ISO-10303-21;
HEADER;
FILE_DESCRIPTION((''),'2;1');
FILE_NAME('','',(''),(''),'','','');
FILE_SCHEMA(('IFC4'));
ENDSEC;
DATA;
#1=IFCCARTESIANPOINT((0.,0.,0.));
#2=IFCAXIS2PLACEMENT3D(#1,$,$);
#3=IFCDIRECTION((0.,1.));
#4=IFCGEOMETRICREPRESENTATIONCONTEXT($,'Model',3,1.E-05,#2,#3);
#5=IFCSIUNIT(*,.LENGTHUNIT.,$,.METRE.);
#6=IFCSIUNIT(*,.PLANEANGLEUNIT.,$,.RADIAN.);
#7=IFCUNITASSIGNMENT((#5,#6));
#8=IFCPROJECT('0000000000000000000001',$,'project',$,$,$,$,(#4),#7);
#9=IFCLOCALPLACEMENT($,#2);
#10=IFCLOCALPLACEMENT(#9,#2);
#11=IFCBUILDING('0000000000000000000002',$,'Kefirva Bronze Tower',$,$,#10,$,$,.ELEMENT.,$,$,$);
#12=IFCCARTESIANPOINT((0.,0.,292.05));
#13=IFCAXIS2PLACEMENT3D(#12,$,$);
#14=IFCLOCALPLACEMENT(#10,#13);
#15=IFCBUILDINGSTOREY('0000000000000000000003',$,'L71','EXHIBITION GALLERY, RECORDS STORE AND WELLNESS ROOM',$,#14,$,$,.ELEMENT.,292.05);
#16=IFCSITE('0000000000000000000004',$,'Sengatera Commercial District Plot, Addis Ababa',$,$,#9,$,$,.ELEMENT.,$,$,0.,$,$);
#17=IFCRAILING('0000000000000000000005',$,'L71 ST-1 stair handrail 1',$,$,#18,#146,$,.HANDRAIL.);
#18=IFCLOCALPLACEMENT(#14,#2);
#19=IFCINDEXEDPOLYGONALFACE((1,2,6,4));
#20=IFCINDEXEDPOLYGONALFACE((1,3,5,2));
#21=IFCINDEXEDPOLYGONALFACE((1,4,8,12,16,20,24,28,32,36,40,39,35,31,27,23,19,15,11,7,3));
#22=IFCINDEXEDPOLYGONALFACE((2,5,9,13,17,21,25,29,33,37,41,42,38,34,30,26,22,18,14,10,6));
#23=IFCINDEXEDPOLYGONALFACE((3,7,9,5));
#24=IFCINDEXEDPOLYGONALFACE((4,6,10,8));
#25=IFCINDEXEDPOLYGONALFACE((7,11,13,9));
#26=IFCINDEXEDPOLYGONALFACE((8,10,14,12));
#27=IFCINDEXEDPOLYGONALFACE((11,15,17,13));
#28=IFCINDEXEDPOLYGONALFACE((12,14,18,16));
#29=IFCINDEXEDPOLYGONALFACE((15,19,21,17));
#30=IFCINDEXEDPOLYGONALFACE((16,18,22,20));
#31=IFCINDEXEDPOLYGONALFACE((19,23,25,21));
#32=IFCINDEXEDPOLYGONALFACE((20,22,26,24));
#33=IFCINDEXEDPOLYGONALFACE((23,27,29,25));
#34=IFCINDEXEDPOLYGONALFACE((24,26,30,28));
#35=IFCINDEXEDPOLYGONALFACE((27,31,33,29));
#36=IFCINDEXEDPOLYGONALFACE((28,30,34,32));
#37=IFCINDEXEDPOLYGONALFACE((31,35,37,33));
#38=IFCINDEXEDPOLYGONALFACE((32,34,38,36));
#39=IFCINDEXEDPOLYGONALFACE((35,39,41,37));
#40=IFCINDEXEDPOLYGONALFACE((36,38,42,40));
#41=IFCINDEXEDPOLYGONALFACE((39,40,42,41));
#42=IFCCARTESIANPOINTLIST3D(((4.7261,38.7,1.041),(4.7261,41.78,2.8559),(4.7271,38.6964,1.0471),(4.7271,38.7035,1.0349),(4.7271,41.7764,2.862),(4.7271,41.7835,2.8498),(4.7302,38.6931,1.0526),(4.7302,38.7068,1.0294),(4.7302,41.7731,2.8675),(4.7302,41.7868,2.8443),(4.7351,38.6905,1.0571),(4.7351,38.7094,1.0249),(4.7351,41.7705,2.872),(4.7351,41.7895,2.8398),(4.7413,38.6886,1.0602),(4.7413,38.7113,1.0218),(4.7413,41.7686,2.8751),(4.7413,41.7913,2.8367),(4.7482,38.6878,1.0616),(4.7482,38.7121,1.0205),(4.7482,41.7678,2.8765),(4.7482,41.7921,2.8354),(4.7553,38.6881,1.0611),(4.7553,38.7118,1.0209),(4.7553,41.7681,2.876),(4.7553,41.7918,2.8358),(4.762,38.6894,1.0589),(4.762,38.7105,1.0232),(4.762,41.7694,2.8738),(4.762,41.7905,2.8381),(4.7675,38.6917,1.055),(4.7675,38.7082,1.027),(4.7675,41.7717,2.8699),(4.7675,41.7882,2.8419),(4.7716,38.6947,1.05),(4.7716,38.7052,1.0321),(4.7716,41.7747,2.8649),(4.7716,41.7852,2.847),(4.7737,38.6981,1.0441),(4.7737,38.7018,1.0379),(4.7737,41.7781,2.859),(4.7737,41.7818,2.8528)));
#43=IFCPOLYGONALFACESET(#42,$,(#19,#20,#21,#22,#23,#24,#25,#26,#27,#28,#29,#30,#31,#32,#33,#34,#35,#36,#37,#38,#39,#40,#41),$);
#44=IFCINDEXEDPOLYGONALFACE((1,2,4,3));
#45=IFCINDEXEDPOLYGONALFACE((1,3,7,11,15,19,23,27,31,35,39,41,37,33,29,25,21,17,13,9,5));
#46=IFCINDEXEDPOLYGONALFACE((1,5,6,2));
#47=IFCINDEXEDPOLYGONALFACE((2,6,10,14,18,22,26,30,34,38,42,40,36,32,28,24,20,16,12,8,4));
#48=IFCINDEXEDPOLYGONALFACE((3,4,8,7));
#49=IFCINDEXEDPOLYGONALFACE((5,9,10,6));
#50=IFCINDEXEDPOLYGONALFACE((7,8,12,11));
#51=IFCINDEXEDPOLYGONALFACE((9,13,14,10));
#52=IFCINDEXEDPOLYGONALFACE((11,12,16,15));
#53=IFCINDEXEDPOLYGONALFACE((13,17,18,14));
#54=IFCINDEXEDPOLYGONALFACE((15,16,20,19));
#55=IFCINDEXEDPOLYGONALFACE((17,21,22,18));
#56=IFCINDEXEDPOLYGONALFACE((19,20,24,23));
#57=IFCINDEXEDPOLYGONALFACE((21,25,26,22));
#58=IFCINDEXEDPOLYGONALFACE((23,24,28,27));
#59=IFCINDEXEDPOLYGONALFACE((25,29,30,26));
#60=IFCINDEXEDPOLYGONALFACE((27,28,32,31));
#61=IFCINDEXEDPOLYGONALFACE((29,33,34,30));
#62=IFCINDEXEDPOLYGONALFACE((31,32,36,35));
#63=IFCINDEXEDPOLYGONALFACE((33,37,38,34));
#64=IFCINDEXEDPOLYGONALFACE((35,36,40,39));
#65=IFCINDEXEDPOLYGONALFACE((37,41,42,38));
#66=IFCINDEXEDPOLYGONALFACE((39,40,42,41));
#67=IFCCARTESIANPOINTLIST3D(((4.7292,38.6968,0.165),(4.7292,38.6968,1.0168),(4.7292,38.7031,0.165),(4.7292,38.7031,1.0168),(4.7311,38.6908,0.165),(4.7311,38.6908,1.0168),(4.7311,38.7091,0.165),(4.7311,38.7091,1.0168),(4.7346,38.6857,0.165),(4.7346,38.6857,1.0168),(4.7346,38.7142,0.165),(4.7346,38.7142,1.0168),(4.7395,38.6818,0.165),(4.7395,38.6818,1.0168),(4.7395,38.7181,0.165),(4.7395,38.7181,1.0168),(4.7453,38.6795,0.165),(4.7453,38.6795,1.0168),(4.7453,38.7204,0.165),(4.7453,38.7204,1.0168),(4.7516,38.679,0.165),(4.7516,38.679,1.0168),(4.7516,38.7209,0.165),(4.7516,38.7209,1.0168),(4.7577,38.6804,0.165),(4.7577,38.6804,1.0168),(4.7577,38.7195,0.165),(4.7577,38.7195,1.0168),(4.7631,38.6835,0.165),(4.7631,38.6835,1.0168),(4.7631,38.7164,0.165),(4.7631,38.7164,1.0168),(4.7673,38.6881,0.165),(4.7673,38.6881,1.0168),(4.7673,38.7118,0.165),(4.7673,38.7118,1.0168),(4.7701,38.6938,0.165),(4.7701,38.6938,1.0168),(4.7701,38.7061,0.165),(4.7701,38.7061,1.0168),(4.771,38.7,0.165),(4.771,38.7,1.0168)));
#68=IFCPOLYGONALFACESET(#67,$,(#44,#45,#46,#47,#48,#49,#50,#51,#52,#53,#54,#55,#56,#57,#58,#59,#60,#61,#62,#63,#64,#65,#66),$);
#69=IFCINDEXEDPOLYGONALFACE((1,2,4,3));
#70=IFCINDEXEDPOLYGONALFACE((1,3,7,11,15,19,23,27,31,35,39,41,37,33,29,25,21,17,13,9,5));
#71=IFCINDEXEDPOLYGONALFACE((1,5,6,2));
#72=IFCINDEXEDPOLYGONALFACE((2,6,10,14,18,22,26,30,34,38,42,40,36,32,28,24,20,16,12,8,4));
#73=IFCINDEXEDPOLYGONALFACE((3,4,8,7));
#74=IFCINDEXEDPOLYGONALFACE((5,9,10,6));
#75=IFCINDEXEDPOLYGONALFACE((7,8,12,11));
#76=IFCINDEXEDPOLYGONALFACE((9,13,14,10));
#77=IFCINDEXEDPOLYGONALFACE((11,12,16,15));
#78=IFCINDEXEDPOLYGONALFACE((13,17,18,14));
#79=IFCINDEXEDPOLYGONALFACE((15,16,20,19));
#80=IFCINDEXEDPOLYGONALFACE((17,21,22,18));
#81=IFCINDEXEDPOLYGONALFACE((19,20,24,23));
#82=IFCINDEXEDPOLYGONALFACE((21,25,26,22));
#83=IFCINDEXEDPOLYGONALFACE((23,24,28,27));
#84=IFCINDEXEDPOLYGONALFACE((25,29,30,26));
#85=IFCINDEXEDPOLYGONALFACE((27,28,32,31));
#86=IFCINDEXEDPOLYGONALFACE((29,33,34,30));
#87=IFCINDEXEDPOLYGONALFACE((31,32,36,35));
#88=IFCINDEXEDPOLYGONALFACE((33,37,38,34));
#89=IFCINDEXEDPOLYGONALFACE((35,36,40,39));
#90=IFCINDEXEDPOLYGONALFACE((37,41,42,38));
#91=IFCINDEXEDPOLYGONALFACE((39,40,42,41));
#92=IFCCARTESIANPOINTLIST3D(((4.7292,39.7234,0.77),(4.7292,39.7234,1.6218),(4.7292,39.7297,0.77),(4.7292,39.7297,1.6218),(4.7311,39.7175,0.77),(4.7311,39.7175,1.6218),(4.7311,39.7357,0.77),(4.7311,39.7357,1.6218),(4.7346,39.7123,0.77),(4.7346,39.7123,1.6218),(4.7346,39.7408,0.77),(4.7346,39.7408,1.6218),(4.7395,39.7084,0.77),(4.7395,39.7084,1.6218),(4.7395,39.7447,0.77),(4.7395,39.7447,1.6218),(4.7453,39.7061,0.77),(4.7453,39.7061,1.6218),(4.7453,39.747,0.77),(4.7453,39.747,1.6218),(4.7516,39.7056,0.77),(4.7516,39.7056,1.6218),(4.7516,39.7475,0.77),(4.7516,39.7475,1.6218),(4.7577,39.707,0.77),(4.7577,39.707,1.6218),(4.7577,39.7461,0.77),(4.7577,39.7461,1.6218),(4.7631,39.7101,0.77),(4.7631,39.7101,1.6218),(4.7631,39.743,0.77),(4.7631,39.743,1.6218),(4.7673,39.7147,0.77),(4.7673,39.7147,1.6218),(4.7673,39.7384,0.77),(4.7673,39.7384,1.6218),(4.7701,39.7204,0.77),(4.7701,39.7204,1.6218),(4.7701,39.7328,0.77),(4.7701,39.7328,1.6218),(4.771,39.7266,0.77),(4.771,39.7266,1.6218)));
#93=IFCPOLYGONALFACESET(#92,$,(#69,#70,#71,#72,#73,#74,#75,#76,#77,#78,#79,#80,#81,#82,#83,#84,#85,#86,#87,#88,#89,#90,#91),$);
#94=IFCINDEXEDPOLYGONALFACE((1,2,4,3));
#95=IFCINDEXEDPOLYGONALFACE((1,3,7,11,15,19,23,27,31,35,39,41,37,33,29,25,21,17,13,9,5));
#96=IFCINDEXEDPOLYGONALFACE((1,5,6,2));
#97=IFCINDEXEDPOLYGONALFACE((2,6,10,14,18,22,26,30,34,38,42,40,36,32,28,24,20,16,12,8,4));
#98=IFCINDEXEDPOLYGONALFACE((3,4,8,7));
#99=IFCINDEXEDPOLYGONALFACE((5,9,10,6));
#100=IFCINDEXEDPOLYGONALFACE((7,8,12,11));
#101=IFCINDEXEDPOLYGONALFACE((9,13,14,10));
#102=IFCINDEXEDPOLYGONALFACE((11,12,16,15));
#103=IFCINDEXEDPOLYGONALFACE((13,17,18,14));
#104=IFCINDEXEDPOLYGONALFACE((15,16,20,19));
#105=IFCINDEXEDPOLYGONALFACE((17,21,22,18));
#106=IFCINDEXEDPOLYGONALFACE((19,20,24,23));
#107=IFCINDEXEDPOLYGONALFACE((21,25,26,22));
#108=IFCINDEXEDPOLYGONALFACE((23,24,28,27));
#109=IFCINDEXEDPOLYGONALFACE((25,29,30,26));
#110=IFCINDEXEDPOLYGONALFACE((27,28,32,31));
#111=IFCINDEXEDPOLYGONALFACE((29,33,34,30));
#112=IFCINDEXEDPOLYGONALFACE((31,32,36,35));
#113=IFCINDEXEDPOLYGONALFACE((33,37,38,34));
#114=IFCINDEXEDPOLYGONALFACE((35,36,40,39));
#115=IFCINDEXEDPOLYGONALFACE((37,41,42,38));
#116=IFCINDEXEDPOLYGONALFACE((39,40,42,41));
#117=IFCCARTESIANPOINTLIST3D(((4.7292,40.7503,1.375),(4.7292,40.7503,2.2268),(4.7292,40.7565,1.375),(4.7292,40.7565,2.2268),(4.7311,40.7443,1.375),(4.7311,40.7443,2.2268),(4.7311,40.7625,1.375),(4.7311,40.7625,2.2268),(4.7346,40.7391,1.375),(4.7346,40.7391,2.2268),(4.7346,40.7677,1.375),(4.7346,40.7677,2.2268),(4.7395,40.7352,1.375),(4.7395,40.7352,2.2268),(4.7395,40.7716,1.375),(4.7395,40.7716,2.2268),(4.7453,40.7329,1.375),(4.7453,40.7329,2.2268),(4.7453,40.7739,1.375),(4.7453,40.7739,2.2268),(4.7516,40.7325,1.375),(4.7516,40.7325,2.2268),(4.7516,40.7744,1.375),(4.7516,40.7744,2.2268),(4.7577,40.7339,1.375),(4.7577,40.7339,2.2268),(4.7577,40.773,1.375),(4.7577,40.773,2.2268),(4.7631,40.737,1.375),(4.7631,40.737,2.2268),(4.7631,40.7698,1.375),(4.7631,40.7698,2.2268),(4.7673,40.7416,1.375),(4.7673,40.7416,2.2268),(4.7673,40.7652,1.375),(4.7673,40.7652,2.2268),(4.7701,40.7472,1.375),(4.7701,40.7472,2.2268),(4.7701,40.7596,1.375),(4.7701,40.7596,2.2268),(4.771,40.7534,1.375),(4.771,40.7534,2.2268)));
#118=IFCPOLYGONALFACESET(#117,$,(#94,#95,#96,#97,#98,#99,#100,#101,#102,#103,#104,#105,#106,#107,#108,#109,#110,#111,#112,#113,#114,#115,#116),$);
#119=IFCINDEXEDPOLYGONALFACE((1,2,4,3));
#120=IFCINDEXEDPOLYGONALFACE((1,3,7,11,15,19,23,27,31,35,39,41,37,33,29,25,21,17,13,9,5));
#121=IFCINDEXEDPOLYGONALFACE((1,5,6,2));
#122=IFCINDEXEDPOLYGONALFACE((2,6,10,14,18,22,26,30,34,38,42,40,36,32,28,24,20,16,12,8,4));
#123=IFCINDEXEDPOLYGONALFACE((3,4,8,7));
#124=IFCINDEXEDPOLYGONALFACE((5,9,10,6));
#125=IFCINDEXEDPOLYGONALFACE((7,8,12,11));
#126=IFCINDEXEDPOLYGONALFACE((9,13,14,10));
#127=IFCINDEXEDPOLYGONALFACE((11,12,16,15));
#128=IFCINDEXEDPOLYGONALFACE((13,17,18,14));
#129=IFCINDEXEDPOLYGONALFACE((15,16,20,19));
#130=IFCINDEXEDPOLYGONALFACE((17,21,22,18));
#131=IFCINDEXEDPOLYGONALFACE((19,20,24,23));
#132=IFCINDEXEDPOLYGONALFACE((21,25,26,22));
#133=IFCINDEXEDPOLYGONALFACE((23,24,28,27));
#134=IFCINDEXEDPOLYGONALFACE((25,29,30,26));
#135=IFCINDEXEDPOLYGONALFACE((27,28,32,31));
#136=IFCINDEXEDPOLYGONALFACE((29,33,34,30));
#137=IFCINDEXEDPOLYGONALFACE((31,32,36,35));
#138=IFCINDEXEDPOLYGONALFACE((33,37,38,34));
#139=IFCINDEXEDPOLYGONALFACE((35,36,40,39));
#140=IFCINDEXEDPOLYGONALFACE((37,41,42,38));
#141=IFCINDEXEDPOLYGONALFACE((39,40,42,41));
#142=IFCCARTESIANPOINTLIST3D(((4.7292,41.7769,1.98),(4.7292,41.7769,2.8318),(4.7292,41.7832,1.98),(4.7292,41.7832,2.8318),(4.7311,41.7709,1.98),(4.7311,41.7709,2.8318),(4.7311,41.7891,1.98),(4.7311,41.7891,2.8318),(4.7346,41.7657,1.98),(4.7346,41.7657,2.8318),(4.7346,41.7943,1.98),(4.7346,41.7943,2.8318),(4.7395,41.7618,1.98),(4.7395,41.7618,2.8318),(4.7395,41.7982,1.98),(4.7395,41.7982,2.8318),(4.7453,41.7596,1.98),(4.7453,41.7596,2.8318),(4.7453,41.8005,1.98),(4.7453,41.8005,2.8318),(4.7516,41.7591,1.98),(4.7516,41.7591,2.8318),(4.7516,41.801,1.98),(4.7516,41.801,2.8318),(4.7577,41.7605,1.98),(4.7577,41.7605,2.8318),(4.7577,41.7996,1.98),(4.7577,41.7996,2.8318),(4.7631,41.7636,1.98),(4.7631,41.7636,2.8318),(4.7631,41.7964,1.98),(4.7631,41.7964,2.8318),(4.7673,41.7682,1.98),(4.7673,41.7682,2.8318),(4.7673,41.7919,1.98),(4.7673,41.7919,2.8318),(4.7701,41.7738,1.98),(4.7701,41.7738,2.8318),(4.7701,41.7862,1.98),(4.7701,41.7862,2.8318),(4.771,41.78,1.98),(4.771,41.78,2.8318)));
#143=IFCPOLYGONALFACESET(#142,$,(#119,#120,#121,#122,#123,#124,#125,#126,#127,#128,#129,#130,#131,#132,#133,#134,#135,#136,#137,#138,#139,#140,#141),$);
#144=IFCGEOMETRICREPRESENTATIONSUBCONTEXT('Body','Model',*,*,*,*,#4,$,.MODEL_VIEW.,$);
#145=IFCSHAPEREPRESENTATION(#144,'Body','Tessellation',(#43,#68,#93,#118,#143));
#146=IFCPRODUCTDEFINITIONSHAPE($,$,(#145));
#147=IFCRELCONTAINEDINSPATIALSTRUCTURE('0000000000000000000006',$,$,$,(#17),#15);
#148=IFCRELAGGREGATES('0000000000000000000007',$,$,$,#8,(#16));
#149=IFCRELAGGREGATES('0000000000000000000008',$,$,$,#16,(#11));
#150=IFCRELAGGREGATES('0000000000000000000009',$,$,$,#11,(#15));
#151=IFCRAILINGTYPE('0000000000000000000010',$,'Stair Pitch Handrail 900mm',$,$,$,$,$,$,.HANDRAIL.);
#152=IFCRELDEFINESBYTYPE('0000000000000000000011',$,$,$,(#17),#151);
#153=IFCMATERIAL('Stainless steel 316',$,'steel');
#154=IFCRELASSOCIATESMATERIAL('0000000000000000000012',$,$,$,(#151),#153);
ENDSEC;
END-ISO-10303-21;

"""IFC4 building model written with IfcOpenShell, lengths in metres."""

from ifc_helpers import new_model, si_unit, direction, frame, origin, origin_2d, place, context, subcontext, project, spatial, circle, extrude, material, type_object, element, save


model = new_model("IFC4")

# Units and contexts
model_context = context("Model", 3, precision=1e-05, world=origin(), true_north=direction((0.0, 1.0)))
body_context = subcontext(model_context, "Body", "Model", "MODEL_VIEW")
ifc_project = project(units=[si_unit("LENGTHUNIT", "METRE"), si_unit("PLANEANGLEUNIT", "RADIAN")], contexts=[model_context])

# Site, building, storey
site_placement = place(None, origin())
site = spatial("IfcSite", under=ifc_project, at=site_placement, Name="Sengatera Commercial District Plot, Addis Ababa", CompositionType="ELEMENT", RefElevation=0.0)
building_placement = place(site_placement, origin())
building = spatial("IfcBuilding", under=site, at=building_placement, Name="Kefirva Bronze Tower", CompositionType="ELEMENT")
storey_placement = place(building_placement, frame((0.0, 0.0, 292.05)))
storey = spatial("IfcBuildingStorey", under=building, at=storey_placement, Name="L71", Description="EXHIBITION GALLERY, RECORDS STORE AND WELLNESS ROOM", CompositionType="ELEMENT", Elevation=292.05)

# Railing
ifc_material_1 = material(Name="Stainless steel 316", Category="steel")
railing_type_1 = type_object("IfcRailingType", Name="Stair Pitch Handrail 900mm", PredefinedType="HANDRAIL", material=ifc_material_1)
railing_1_placement = place(storey_placement, frame((4.75, 38.7, 0.165)))
element("IfcRailing", 1, at=railing_1_placement, inside=storey, type_object=railing_type_1, Name="L71 ST-1 stair handrail 1", PredefinedType="HANDRAIL", context=body_context, shape_type="SweptSolid", body=[
    extrude(circle(Radius=0.0239, at=origin_2d()), frame((0.0, 0.0, 0.876), z_axis=(0.0, 0.861551, 0.507671), x_axis=(-1.0, 0.0, 0.0)), (0.0, 0.0, 1.0), 3.575),
    extrude(circle(Radius=0.021, at=origin_2d()), origin(), (0.0, 0.0, 1.0), 0.8518),
    extrude(circle(Radius=0.021, at=origin_2d()), frame((0.0, 1.0266, 0.605)), (0.0, 0.0, 1.0), 0.8518),
    extrude(circle(Radius=0.021, at=origin_2d()), frame((0.0, 2.0535, 1.21)), (0.0, 0.0, 1.0), 0.8518),
    extrude(circle(Radius=0.021, at=origin_2d()), frame((0.0, 3.0801, 1.8149)), (0.0, 0.0, 1.0), 0.8518),
])

save(model, "model.ifc")
